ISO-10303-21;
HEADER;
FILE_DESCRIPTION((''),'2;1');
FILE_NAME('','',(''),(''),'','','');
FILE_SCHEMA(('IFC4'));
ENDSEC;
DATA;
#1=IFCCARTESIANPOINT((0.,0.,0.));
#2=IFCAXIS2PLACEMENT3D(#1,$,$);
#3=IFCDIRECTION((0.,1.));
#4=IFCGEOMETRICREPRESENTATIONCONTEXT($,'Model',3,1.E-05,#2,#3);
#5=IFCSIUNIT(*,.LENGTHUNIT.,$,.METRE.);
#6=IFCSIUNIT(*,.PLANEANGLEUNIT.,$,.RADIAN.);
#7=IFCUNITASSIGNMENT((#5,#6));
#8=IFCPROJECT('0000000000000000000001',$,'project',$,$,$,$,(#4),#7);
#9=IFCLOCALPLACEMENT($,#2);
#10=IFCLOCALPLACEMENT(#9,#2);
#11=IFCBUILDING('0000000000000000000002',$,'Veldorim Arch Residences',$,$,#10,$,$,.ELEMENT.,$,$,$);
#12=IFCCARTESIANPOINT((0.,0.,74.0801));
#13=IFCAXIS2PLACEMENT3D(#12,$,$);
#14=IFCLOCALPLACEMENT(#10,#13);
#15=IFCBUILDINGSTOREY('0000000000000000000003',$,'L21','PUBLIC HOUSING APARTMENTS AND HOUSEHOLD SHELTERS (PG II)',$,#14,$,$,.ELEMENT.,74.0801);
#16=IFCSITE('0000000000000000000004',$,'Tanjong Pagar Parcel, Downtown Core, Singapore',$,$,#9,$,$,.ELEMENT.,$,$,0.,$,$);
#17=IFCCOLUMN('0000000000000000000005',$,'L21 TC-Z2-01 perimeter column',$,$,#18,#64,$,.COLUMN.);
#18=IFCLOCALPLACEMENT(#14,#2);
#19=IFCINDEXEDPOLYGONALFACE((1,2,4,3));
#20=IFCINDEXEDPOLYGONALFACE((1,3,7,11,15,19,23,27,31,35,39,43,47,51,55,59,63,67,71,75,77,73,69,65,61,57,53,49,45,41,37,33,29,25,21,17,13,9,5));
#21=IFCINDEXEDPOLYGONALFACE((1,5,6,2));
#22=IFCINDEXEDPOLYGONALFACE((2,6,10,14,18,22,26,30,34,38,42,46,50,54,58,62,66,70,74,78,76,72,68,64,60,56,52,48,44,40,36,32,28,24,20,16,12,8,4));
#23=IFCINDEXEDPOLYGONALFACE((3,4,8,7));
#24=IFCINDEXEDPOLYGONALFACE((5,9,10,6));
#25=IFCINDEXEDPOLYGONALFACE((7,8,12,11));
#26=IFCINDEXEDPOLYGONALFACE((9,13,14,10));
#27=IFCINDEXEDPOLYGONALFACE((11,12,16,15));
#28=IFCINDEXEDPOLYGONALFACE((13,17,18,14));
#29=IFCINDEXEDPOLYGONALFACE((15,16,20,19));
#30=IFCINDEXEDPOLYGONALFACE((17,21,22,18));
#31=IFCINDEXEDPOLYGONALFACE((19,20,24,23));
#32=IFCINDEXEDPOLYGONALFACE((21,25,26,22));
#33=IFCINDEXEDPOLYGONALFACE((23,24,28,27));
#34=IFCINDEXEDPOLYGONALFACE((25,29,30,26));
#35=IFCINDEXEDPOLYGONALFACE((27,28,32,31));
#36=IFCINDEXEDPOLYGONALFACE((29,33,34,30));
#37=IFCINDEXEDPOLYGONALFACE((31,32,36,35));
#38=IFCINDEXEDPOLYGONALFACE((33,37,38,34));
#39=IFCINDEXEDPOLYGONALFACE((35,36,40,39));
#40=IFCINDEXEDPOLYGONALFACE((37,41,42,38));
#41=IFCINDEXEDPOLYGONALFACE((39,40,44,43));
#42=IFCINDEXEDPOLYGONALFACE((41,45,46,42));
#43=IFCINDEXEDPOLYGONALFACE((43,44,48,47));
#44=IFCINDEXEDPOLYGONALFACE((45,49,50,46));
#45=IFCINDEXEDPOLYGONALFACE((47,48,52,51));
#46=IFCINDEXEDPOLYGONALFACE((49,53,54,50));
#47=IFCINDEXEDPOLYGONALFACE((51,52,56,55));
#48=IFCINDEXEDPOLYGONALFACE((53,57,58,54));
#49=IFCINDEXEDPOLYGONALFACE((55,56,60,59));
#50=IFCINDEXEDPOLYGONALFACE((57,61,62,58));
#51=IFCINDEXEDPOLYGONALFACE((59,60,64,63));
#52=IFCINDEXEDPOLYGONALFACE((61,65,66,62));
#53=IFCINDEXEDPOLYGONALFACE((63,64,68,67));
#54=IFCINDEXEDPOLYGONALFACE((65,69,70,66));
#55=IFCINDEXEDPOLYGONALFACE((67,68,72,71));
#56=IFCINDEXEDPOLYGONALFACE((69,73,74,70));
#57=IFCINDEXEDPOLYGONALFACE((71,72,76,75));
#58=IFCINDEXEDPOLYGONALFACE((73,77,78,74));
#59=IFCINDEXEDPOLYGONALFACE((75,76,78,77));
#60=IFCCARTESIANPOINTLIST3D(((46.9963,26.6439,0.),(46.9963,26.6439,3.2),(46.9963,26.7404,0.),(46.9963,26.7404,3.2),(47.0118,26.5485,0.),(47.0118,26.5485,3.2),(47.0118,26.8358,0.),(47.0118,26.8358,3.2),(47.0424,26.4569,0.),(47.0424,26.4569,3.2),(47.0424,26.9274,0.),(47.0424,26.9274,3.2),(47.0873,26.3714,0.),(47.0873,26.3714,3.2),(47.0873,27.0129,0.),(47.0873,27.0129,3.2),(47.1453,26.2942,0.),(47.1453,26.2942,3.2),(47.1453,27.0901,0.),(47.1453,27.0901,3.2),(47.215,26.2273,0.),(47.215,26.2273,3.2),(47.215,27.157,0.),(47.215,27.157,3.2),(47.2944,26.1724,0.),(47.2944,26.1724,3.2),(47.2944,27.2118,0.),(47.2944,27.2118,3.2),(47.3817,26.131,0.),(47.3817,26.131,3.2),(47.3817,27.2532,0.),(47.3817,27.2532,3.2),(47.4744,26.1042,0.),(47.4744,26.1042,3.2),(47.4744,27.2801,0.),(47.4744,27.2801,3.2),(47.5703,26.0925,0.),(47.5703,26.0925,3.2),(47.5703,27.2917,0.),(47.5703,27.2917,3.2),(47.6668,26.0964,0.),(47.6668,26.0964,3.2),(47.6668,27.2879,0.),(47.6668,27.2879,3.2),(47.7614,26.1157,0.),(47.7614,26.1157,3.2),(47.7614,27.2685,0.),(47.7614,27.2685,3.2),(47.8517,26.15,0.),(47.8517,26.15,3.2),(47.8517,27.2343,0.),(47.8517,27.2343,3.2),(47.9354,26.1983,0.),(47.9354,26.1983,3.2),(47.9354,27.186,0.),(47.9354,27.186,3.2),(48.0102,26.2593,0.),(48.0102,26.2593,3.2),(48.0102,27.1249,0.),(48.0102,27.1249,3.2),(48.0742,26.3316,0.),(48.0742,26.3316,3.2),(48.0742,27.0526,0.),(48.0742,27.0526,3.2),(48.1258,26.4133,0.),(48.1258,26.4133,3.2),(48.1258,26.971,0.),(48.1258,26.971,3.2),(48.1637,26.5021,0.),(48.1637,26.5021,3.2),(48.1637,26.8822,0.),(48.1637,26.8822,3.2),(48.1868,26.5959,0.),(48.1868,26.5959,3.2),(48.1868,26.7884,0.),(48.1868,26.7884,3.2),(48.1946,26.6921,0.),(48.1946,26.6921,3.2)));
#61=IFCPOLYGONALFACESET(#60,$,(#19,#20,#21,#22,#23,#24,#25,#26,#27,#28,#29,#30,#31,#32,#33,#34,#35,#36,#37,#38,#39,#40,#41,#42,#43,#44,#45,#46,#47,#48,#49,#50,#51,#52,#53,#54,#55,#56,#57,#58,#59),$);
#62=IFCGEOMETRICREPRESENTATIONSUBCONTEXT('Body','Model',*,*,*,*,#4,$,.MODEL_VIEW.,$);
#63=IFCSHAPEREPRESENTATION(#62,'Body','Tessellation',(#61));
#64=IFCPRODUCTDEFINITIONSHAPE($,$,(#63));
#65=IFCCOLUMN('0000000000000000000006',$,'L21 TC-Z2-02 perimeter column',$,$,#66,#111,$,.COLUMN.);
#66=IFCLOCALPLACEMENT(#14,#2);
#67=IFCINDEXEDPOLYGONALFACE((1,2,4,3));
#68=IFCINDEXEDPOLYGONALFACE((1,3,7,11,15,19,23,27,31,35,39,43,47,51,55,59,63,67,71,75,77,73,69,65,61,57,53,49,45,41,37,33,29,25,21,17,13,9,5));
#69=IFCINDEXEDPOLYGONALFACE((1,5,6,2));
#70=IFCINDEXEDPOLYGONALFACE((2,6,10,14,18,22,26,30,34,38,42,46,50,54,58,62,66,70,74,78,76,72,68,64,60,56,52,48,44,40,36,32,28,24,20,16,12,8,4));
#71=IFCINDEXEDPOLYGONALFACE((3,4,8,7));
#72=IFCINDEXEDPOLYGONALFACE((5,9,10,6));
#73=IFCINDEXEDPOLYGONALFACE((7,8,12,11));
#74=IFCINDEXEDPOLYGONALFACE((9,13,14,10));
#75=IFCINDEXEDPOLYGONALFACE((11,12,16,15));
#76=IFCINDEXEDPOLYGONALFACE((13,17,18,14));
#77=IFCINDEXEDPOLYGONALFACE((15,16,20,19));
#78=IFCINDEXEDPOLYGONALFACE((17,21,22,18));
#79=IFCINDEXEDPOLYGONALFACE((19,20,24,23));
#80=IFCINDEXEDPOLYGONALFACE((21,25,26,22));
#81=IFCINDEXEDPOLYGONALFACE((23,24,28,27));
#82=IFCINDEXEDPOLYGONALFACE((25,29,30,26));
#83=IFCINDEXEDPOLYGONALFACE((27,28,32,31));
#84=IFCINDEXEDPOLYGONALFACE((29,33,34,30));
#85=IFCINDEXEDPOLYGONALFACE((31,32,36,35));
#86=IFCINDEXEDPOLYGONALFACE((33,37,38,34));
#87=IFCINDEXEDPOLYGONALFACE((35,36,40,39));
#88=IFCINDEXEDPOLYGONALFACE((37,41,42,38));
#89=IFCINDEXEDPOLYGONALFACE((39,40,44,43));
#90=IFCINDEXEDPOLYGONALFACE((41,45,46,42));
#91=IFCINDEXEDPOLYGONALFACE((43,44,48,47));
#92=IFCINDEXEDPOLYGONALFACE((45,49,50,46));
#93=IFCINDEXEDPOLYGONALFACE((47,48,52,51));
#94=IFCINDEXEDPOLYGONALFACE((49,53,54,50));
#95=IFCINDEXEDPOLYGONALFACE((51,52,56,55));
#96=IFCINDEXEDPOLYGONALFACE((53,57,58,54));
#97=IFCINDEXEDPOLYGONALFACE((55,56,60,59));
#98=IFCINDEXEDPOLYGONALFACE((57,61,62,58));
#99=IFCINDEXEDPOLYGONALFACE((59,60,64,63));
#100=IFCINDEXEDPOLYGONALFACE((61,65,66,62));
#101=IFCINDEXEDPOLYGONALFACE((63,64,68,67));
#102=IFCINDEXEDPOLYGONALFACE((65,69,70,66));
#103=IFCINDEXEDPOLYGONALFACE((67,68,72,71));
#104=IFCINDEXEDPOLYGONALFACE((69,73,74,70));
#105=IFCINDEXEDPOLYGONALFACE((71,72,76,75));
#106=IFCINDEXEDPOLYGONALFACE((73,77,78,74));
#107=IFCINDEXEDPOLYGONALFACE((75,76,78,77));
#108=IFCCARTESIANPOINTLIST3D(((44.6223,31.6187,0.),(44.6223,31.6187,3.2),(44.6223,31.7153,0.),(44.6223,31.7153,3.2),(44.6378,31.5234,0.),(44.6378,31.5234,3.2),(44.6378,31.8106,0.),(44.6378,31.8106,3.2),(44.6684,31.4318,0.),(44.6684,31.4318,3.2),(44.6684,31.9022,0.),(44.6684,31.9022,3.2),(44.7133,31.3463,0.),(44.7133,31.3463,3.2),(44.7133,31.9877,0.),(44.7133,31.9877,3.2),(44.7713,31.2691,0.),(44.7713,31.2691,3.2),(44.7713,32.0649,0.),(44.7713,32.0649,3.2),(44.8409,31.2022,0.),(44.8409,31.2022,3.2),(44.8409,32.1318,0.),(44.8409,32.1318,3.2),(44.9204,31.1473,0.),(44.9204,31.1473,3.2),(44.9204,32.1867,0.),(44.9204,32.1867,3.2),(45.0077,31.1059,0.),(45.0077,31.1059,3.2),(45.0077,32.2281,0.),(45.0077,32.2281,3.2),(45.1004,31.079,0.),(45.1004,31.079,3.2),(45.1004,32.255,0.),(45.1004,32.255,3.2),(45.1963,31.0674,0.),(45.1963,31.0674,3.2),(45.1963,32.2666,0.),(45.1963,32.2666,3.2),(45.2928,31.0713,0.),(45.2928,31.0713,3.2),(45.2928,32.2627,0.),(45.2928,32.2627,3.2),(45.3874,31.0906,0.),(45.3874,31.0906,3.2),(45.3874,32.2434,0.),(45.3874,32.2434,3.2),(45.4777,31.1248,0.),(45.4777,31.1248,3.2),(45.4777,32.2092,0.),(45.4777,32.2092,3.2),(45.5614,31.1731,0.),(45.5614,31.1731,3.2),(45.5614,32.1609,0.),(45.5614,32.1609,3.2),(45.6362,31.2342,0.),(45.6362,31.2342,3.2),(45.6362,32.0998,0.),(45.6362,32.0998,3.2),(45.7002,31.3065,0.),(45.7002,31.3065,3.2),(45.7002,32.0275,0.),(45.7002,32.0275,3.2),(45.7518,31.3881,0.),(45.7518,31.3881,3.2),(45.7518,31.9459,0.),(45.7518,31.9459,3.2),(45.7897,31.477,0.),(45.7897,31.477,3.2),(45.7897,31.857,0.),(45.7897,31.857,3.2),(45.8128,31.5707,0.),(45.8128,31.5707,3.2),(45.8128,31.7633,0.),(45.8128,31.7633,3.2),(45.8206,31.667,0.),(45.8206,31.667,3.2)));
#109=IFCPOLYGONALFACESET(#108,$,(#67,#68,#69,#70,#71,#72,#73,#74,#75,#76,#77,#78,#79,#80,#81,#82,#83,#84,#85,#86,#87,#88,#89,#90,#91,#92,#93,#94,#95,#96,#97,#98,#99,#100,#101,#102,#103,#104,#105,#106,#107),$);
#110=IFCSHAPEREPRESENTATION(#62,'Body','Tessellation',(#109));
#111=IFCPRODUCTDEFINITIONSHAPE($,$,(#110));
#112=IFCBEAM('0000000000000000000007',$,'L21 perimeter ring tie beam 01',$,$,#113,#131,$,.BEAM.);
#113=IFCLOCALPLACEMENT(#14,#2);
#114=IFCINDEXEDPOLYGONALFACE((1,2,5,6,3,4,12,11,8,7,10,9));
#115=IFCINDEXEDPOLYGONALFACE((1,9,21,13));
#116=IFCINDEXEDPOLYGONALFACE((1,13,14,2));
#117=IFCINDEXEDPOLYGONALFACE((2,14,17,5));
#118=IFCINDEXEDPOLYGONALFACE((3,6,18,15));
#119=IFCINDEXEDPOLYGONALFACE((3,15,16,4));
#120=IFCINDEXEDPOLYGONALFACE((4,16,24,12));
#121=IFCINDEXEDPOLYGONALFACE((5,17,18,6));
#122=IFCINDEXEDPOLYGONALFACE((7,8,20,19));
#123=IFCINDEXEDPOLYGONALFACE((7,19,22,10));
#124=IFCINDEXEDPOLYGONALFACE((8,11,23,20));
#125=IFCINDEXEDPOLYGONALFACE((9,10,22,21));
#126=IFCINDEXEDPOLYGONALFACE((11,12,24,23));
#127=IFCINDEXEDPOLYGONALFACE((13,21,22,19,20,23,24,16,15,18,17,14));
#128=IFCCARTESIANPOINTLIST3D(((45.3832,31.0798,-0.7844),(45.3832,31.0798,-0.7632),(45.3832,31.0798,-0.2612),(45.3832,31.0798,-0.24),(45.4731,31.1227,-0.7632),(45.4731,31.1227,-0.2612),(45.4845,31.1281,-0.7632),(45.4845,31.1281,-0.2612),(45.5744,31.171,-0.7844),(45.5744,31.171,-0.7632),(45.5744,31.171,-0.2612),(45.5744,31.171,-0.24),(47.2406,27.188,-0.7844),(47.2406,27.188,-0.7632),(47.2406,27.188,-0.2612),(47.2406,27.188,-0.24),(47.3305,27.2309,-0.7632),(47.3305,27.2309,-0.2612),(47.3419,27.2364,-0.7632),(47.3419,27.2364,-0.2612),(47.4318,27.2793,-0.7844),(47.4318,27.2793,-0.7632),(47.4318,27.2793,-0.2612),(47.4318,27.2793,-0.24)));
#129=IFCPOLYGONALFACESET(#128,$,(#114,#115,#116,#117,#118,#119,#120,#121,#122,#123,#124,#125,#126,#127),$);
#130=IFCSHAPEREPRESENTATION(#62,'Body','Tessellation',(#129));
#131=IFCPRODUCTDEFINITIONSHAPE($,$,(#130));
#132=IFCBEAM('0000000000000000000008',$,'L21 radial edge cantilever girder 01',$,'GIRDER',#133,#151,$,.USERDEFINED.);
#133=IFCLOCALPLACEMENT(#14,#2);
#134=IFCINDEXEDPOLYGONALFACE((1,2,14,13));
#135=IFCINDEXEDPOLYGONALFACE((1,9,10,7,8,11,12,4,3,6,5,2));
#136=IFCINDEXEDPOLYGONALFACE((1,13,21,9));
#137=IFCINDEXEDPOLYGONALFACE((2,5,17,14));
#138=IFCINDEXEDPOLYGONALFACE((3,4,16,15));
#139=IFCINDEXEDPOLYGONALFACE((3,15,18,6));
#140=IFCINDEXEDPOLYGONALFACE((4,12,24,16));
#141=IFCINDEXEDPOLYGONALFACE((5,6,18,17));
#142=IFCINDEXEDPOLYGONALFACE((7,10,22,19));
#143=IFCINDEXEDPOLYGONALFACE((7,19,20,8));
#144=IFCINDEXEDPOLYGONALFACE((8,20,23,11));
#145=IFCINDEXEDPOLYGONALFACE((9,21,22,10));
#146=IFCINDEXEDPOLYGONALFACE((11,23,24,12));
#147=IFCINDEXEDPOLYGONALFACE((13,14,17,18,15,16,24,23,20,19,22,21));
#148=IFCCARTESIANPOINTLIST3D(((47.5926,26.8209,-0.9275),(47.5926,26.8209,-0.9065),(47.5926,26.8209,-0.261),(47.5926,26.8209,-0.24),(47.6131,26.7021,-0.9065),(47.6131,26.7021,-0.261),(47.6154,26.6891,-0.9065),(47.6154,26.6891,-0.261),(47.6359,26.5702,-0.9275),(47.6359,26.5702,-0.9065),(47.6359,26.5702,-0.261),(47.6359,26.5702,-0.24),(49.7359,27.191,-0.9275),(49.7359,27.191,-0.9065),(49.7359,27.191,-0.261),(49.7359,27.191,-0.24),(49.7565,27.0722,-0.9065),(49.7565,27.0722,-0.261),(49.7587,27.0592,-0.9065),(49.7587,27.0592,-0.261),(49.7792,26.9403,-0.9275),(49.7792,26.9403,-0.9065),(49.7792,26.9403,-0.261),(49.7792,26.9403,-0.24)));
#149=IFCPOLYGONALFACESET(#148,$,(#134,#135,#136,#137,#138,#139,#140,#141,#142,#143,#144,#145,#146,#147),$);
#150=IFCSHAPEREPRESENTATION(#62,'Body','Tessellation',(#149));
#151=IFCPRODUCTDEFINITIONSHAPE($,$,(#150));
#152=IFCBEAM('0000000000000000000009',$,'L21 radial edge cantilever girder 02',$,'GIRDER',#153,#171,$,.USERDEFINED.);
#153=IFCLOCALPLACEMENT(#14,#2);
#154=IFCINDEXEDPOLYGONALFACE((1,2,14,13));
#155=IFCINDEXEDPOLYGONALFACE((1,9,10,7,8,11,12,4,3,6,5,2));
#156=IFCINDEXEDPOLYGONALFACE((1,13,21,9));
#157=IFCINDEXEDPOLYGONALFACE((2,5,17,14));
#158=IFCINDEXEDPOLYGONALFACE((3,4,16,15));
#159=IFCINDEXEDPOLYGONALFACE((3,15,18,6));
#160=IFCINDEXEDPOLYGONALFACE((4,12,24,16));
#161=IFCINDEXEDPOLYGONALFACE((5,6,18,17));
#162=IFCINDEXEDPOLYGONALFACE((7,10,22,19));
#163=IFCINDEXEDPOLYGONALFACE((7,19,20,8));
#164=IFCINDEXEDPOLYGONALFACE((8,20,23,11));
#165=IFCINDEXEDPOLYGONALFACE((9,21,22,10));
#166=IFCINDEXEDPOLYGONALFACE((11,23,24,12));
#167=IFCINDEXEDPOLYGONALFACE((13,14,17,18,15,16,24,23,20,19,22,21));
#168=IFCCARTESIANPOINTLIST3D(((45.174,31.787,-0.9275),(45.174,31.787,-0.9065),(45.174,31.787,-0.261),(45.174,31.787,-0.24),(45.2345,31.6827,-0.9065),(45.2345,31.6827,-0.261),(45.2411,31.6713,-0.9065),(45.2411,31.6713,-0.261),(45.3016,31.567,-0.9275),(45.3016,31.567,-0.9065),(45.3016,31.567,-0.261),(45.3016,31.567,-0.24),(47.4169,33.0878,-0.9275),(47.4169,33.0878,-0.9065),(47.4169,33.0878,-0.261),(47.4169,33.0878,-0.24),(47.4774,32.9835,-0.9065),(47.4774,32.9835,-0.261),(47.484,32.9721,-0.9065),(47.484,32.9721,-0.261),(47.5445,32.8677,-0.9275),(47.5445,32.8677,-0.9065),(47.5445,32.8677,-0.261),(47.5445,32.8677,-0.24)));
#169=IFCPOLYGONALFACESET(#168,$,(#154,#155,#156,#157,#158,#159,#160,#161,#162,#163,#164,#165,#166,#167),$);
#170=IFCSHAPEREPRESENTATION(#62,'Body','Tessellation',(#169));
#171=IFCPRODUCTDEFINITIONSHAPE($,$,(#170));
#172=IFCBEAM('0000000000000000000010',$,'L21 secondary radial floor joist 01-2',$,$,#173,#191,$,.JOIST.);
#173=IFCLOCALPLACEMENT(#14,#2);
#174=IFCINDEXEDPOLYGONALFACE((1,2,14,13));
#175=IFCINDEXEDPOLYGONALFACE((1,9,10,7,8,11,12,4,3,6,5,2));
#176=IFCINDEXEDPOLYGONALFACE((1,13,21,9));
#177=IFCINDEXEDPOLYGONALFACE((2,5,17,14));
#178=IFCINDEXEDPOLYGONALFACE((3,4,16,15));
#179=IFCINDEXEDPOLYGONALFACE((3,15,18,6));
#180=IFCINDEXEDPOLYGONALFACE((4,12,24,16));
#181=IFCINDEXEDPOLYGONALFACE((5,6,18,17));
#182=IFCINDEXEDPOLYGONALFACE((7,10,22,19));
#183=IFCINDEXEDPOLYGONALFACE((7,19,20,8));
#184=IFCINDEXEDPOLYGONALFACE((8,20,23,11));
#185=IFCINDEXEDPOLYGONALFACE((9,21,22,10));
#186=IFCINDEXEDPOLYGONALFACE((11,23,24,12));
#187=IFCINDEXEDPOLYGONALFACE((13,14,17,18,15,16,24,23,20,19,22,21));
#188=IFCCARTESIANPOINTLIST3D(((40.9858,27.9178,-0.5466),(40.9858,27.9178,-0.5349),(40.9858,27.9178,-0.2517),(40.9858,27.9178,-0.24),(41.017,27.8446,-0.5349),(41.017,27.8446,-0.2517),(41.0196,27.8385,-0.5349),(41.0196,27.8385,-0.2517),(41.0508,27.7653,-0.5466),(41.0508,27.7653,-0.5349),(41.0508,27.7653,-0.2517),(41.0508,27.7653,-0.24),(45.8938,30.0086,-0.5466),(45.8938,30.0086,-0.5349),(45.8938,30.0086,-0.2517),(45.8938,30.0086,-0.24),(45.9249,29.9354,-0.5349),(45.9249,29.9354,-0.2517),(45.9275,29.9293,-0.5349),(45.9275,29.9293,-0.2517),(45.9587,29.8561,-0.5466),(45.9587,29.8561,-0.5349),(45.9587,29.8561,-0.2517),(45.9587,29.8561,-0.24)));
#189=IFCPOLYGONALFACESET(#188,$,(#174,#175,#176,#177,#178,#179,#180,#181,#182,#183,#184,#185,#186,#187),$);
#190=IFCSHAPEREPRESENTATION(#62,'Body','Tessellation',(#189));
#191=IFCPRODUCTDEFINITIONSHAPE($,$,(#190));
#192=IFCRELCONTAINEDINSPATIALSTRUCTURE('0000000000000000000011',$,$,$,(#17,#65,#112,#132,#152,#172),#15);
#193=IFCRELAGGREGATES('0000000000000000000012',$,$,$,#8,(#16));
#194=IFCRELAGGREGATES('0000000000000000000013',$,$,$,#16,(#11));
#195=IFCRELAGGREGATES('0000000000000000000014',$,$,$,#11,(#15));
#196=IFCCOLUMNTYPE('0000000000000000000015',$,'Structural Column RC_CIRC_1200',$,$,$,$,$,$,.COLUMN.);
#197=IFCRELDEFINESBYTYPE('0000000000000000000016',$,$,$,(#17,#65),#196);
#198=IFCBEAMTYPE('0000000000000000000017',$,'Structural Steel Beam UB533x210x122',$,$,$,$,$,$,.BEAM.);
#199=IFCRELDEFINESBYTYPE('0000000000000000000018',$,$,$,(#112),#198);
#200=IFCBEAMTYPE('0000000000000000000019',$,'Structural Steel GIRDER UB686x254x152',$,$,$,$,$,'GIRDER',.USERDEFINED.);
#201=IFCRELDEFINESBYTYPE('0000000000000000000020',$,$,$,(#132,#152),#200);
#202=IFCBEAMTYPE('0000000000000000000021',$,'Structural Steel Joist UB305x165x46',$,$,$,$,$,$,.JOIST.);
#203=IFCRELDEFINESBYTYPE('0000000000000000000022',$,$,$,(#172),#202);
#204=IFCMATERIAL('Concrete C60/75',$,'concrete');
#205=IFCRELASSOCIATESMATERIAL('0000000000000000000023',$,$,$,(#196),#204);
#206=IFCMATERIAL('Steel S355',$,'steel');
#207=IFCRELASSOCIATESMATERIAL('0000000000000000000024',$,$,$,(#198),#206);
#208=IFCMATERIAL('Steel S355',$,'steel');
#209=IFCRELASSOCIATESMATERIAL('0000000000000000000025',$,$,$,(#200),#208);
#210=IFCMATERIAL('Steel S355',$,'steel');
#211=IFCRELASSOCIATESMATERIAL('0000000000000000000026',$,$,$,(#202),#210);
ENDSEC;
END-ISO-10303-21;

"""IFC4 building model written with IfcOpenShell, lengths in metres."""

from ifc_helpers import new_model, si_unit, direction, frame, origin, origin_2d, place, context, subcontext, project, spatial, circle, i_section, extrude, material, material_profile, profile_set, type_object, element, save


model = new_model("IFC4")

# Units and contexts
model_context = context("Model", 3, precision=1e-05, world=origin(), true_north=direction((0.0, 1.0)))
body_context = subcontext(model_context, "Body", "Model", "MODEL_VIEW")
ifc_project = project(units=[si_unit("LENGTHUNIT", "METRE"), si_unit("PLANEANGLEUNIT", "RADIAN")], contexts=[model_context])

# Site, building, storey
site_placement = place(None, origin())
site = spatial("IfcSite", under=ifc_project, at=site_placement, Name="Tanjong Pagar Parcel, Downtown Core, Singapore", CompositionType="ELEMENT", RefElevation=0.0)
building_placement = place(site_placement, origin())
building = spatial("IfcBuilding", under=site, at=building_placement, Name="Veldorim Arch Residences", CompositionType="ELEMENT")
storey_placement = place(building_placement, frame((0.0, 0.0, 74.0801)))
storey = spatial("IfcBuildingStorey", under=building, at=storey_placement, Name="L21", Description="PUBLIC HOUSING APARTMENTS AND HOUSEHOLD SHELTERS (PG II)", CompositionType="ELEMENT", Elevation=74.0801)

# Columns
ifc_material_1 = material(Name="Concrete C60/75", Category="concrete")
ifc_material_profile_1 = material_profile(ifc_material_1, circle(Radius=0.6001, at=origin_2d()), Name="RC_CIRC_1200")
ifc_profile_set_1 = profile_set([ifc_material_profile_1], Name="Concrete C60/75")
column_type = type_object("IfcColumnType", Name="Structural Column RC_CIRC_1200", PredefinedType="COLUMN", material=ifc_profile_set_1)
for number, where, z_axis, x_axis, name in (
    (1, (47.5945, 26.6921, 0.0), (0.0, 0.0, 1.0), (1.0, 0.0, 0.0), "L21 TC-Z2-01 perimeter column"),
    (2, (45.2205, 31.667, 0.0), (0.0, 0.0, 1.0), (1.0, 0.0, 0.0), "L21 TC-Z2-02 perimeter column"),
):
    element("IfcColumn", number, at=place(storey_placement, frame(where, z_axis=z_axis, x_axis=x_axis)), inside=storey, type_object=column_type, Name=name, PredefinedType="COLUMN", context=body_context, shape_type="SweptSolid", body=[
        extrude(circle(Radius=0.6001, at=origin_2d()), origin(), (0.0, 0.0, 1.0), 3.2),
    ])

# Beams
ifc_material_2 = material(Name="Steel S355", Category="steel")
ifc_material_profile_2 = material_profile(ifc_material_2, i_section(OverallWidth=0.2119, OverallDepth=0.5444, WebThickness=0.0127, FlangeThickness=0.0212, at=origin_2d()), Name="UB533x210x122")
ifc_profile_set_2 = profile_set([ifc_material_profile_2], Name="Steel S355")
beam_type_1 = type_object("IfcBeamType", Name="Structural Steel Beam UB533x210x122", PredefinedType="BEAM", material=ifc_profile_set_2)
beam_1_placement = place(storey_placement, frame((47.3362, 27.2336, -0.5122), z_axis=(-0.43072, 0.902486, 0.0), x_axis=(-0.902486, -0.43072, 0.0)))
element("IfcBeam", 3, at=beam_1_placement, inside=storey, type_object=beam_type_1, Name="L21 perimeter ring tie beam 01", PredefinedType="BEAM", context=body_context, shape_type="SweptSolid", body=[
    extrude(i_section(OverallWidth=0.2119, OverallDepth=0.5444, WebThickness=0.0127, FlangeThickness=0.0212, at=origin_2d()), origin(), (0.0, 0.0, 1.0), 4.3123),
])
ifc_material_3 = material(Name="Steel S355", Category="steel")
ifc_material_profile_3 = material_profile(ifc_material_3, i_section(OverallWidth=0.2544, OverallDepth=0.6875, WebThickness=0.0132, FlangeThickness=0.021, at=origin_2d()), Name="UB686x254x152")
ifc_profile_set_3 = profile_set([ifc_material_profile_3], Name="Steel S355")
beam_type_2 = type_object("IfcBeamType", Name="Structural Steel GIRDER UB686x254x152", ElementType="GIRDER", PredefinedType="USERDEFINED", material=ifc_profile_set_3)
beam_2_placement = place(storey_placement, frame((47.6143, 26.6956, -0.5837), z_axis=(0.985415, 0.170166, 0.0), x_axis=(-0.170166, 0.985415, 0.0)))
element("IfcBeam", 4, at=beam_2_placement, inside=storey, type_object=beam_type_2, Name="L21 radial edge cantilever girder 01", ObjectType="GIRDER", PredefinedType="USERDEFINED", context=body_context, shape_type="SweptSolid", body=[
    extrude(i_section(OverallWidth=0.2544, OverallDepth=0.6875, WebThickness=0.0132, FlangeThickness=0.021, at=origin_2d()), origin(), (0.0, 0.0, 1.0), 2.175),
])
beam_3_placement = place(storey_placement, frame((45.2378, 31.677, -0.5837), z_axis=(0.86505, 0.501686, 0.0), x_axis=(-0.501686, 0.86505, 0.0)))
element("IfcBeam", 5, at=beam_3_placement, inside=storey, type_object=beam_type_2, Name="L21 radial edge cantilever girder 02", ObjectType="GIRDER", PredefinedType="USERDEFINED", context=body_context, shape_type="SweptSolid", body=[
    extrude(i_section(OverallWidth=0.2544, OverallDepth=0.6875, WebThickness=0.0132, FlangeThickness=0.021, at=origin_2d()), origin(), (0.0, 0.0, 1.0), 2.5928),
])
ifc_material_4 = material(Name="Steel S355", Category="steel")
ifc_material_profile_4 = material_profile(ifc_material_4, i_section(OverallWidth=0.1658, OverallDepth=0.3066, WebThickness=0.0066, FlangeThickness=0.0117, at=origin_2d()), Name="UB305x165x46")
ifc_profile_set_4 = profile_set([ifc_material_profile_4], Name="Steel S355")
beam_type_3 = type_object("IfcBeamType", Name="Structural Steel Joist UB305x165x46", PredefinedType="JOIST", material=ifc_profile_set_4)
beam_4_placement = place(storey_placement, frame((41.0183, 27.8416, -0.3933), z_axis=(0.919997, 0.391924, 0.0), x_axis=(-0.391924, 0.919997, 0.0)))
element("IfcBeam", 6, at=beam_4_placement, inside=storey, type_object=beam_type_3, Name="L21 secondary radial floor joist 01-2", PredefinedType="JOIST", context=body_context, shape_type="SweptSolid", body=[
    extrude(i_section(OverallWidth=0.1658, OverallDepth=0.3066, WebThickness=0.0066, FlangeThickness=0.0117, at=origin_2d()), origin(), (0.0, 0.0, 1.0), 5.3347),
])

save(model, "model.ifc")
